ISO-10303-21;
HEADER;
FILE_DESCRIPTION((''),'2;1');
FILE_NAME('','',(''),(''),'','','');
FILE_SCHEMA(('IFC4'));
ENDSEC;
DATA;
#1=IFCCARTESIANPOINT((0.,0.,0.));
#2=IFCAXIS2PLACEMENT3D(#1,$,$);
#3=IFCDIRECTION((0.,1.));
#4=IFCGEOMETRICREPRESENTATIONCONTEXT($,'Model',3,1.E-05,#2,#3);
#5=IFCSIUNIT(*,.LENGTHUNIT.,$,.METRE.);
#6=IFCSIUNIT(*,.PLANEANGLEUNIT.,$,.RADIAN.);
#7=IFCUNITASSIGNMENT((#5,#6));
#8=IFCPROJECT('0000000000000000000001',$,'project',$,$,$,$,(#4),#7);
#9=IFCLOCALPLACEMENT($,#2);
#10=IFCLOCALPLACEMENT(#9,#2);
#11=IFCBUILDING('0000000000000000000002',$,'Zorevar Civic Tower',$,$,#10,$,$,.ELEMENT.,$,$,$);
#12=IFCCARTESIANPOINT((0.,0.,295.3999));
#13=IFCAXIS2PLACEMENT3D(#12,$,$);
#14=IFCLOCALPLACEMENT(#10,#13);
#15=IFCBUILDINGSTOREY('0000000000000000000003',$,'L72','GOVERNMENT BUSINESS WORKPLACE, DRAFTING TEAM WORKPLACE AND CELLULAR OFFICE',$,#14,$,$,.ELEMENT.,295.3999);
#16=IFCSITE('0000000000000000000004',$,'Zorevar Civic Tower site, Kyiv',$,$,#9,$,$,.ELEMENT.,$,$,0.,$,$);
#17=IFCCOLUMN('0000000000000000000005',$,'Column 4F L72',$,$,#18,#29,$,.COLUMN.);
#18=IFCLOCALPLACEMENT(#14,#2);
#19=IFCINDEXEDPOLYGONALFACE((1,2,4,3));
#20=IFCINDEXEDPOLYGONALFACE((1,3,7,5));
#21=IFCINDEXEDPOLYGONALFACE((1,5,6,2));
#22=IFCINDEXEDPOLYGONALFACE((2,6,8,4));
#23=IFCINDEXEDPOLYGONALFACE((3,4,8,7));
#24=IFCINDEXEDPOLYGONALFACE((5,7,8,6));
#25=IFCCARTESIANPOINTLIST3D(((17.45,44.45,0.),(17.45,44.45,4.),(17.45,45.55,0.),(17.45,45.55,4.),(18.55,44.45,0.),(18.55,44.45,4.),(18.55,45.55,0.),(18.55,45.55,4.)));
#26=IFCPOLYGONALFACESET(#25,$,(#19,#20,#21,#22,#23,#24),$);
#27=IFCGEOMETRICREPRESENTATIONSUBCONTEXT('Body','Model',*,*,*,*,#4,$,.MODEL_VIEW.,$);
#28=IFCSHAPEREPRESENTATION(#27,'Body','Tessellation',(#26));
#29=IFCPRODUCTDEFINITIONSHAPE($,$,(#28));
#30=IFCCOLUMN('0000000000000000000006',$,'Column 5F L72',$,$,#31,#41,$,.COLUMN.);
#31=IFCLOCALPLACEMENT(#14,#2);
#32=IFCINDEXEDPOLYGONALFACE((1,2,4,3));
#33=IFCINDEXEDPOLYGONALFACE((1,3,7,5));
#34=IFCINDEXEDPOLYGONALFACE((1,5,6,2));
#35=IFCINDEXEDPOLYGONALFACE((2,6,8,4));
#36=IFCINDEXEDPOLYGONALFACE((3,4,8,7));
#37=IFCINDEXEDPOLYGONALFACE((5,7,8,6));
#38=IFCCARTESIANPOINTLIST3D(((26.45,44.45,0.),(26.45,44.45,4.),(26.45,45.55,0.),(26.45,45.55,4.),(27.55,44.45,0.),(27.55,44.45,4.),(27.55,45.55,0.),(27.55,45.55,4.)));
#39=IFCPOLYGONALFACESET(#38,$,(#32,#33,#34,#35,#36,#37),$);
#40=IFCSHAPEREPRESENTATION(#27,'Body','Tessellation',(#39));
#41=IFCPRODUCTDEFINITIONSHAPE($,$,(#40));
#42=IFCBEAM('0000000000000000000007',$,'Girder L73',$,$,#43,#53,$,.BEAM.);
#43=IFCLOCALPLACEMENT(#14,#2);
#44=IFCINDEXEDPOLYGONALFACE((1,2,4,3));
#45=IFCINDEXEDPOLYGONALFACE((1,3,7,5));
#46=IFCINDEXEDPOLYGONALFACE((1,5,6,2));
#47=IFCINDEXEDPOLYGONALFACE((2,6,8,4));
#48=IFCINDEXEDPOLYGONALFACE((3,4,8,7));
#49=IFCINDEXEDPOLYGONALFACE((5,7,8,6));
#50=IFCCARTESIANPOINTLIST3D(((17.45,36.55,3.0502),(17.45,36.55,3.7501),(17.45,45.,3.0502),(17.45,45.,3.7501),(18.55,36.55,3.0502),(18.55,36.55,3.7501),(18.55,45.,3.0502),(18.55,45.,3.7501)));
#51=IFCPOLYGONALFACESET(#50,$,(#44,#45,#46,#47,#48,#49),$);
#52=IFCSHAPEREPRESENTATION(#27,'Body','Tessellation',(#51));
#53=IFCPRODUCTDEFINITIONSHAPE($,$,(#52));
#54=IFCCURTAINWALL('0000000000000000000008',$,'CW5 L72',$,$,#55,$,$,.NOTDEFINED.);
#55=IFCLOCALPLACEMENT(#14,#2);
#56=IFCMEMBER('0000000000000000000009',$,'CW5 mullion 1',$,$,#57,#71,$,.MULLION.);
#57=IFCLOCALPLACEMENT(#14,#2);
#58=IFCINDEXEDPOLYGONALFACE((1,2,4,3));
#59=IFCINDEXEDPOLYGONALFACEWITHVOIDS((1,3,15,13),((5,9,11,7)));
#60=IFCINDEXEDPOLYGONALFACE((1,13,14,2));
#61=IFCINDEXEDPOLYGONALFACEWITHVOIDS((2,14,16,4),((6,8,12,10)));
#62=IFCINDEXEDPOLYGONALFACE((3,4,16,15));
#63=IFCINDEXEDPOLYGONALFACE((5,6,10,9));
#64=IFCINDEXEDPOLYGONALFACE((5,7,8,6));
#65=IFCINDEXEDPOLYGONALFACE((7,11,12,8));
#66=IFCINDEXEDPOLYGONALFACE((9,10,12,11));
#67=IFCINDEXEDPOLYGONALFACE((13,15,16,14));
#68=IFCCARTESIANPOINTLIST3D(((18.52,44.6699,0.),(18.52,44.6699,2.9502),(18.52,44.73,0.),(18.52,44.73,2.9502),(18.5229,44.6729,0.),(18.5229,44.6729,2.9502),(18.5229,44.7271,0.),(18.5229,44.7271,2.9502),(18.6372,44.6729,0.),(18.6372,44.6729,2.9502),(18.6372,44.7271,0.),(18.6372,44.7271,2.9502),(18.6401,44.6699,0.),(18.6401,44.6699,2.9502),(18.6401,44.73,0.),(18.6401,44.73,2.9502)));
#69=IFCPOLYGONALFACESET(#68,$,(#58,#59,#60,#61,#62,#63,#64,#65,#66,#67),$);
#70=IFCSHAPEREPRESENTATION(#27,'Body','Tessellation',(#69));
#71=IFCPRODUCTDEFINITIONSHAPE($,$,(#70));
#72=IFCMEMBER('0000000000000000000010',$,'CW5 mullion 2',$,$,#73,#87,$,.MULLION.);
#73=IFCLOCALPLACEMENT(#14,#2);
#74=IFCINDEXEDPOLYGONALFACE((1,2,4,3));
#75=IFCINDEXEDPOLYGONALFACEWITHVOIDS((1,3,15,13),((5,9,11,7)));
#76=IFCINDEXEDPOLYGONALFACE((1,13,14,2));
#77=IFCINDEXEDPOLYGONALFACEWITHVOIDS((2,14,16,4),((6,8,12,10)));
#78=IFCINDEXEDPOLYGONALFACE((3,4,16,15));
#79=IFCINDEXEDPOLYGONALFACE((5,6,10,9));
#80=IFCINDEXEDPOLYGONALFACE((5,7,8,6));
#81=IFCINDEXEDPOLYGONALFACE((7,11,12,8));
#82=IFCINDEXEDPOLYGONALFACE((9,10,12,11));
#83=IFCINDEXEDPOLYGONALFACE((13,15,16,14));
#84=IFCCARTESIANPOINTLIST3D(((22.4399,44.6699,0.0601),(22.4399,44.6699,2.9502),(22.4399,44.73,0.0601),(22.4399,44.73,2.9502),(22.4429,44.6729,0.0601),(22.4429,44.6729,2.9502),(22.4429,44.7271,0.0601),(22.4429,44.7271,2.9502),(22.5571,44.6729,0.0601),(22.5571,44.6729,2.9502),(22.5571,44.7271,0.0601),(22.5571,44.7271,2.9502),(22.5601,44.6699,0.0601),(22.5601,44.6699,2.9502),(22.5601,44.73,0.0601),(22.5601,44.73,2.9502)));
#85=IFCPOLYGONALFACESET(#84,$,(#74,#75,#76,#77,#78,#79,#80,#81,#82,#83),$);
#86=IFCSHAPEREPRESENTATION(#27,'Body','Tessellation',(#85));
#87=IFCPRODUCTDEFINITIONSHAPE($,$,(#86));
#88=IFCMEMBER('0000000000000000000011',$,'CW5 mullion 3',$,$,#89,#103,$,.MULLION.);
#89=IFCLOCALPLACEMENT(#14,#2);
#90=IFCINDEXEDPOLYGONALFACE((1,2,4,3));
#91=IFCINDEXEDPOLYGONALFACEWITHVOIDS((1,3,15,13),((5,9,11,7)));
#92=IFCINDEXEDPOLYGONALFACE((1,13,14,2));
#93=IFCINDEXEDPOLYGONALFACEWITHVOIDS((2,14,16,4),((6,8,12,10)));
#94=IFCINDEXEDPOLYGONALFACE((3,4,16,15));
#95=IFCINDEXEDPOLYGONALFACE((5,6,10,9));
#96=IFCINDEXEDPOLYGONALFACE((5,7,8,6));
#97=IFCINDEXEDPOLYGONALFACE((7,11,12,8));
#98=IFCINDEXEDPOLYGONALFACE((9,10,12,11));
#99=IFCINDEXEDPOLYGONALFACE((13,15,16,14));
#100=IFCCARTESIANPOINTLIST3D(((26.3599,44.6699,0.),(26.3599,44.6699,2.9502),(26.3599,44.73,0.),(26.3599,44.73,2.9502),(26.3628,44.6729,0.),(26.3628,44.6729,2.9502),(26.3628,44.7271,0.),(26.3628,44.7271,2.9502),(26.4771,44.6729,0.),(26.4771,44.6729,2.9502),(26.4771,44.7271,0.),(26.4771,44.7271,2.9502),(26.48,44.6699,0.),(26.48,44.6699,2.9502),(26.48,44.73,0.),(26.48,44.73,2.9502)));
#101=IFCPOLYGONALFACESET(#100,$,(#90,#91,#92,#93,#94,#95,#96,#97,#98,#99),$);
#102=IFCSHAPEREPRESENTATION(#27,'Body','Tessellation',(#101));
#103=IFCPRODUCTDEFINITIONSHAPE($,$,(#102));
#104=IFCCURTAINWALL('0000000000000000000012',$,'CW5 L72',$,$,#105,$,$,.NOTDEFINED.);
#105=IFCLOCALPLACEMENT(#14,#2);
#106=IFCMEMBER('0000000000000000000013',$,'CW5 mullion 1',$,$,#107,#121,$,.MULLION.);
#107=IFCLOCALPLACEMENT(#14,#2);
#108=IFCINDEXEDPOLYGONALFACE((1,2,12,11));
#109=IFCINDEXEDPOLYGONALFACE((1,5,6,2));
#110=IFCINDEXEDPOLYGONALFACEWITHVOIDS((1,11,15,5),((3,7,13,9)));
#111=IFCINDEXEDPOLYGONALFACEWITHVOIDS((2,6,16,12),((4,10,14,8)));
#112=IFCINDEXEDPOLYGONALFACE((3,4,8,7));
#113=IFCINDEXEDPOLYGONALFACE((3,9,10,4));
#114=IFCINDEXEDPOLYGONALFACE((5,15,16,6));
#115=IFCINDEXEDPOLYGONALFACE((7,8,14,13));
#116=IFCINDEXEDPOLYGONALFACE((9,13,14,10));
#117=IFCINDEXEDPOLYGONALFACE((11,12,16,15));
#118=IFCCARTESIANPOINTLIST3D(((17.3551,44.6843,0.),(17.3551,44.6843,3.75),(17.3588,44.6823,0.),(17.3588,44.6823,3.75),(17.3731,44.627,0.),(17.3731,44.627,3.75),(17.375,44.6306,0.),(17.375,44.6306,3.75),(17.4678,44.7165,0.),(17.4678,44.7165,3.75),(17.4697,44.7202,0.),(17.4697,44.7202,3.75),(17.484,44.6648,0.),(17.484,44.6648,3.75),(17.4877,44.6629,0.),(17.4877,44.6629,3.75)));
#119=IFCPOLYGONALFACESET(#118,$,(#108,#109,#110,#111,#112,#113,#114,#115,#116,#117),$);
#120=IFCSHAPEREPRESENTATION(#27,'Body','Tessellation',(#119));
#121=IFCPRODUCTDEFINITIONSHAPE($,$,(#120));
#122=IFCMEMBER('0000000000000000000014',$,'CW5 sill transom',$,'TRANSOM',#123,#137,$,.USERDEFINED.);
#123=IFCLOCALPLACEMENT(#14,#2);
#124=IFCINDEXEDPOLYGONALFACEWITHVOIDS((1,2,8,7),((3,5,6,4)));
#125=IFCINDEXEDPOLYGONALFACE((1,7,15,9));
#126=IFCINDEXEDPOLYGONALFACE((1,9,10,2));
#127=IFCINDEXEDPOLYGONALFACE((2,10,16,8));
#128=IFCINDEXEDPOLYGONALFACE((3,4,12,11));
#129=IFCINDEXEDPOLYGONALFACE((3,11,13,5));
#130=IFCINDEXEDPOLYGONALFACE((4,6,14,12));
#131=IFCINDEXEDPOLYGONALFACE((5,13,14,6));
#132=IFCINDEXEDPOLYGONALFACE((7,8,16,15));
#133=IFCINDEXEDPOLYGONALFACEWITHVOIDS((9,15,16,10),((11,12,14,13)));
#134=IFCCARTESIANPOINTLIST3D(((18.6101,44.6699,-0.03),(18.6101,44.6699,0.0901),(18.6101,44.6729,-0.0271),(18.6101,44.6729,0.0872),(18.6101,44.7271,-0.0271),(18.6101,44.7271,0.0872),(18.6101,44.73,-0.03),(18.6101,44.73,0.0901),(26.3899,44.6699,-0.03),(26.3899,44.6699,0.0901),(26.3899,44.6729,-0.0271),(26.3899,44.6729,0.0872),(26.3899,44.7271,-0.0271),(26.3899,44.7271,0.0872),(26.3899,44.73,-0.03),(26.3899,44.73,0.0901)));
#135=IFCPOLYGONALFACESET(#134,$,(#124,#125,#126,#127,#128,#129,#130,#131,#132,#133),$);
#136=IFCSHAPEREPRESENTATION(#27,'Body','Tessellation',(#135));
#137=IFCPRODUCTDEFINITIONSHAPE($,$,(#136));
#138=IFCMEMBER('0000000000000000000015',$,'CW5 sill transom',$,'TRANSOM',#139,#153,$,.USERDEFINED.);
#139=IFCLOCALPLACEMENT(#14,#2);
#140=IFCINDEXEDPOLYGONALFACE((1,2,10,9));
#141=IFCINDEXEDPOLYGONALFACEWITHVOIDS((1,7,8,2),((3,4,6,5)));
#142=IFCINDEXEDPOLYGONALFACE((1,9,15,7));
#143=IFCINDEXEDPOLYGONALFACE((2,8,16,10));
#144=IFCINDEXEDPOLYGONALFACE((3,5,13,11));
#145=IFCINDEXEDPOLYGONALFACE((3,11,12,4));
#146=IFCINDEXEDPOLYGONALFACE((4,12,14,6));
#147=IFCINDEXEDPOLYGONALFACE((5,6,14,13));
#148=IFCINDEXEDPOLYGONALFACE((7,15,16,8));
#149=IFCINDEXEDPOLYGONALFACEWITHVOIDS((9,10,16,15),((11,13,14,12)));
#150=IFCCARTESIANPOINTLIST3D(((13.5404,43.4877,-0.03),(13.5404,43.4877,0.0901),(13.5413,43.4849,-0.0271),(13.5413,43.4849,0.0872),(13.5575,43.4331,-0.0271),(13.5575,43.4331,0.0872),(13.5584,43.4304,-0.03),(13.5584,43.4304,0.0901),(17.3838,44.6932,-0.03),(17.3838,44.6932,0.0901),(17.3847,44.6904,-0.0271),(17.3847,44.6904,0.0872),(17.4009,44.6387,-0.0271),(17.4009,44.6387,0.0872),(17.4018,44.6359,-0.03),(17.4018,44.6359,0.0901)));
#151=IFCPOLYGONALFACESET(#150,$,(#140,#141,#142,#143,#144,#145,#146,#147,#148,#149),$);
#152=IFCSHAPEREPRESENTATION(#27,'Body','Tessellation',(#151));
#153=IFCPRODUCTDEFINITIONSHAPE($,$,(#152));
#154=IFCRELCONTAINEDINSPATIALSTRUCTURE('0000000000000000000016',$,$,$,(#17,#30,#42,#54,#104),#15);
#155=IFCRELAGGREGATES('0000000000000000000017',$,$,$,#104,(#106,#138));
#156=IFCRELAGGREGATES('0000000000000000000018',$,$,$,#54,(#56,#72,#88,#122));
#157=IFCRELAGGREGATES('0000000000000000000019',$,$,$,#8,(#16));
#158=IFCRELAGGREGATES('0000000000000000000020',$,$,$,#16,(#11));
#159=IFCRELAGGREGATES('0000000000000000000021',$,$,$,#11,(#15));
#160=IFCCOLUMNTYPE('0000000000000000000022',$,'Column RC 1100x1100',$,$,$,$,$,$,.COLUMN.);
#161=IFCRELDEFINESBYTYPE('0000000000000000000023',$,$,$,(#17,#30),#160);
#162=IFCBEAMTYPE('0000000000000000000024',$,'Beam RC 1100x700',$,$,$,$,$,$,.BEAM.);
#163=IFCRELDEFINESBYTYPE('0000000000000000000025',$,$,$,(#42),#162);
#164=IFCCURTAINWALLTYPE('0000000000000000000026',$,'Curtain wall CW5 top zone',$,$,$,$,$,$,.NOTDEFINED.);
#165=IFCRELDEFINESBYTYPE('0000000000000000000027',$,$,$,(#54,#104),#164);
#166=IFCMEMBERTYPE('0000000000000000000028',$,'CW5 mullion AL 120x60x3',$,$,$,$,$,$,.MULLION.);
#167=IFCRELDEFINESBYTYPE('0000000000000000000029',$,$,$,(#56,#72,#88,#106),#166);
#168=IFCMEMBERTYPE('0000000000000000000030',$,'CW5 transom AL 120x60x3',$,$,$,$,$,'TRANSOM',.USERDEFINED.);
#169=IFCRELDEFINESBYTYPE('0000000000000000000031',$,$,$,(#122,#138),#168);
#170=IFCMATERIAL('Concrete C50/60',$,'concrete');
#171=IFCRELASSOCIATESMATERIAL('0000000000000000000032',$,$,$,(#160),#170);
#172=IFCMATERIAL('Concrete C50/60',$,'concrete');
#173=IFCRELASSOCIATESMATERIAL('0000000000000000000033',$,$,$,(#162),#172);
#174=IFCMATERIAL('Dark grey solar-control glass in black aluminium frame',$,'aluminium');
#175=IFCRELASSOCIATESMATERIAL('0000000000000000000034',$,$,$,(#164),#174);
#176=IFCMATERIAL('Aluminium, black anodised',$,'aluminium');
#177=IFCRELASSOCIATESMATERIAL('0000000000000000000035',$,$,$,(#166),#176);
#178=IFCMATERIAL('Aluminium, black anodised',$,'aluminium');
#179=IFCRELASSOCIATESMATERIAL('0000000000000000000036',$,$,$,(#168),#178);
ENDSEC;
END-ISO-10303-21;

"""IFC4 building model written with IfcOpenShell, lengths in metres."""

from ifc_helpers import new_model, si_unit, direction, frame, origin, origin_2d, place, context, subcontext, project, spatial, rectangle, hollow_rectangle, extrude, material, material_profile, profile_set, type_object, element, aggregate, save


model = new_model("IFC4")

# Units and contexts
model_context = context("Model", 3, precision=1e-05, world=origin(), true_north=direction((0.0, 1.0)))
body_context = subcontext(model_context, "Body", "Model", "MODEL_VIEW")
ifc_project = project(units=[si_unit("LENGTHUNIT", "METRE"), si_unit("PLANEANGLEUNIT", "RADIAN")], contexts=[model_context])

# Site, building, storey
site_placement = place(None, origin())
site = spatial("IfcSite", under=ifc_project, at=site_placement, Name="Zorevar Civic Tower site, Kyiv", CompositionType="ELEMENT", RefElevation=0.0)
building_placement = place(site_placement, origin())
building = spatial("IfcBuilding", under=site, at=building_placement, Name="Zorevar Civic Tower", CompositionType="ELEMENT")
storey_placement = place(building_placement, frame((0.0, 0.0, 295.3999)))
storey = spatial("IfcBuildingStorey", under=building, at=storey_placement, Name="L72", Description="GOVERNMENT BUSINESS WORKPLACE, DRAFTING TEAM WORKPLACE AND CELLULAR OFFICE", CompositionType="ELEMENT", Elevation=295.3999)

# Columns
ifc_material_1 = material(Name="Concrete C50/60", Category="concrete")
ifc_material_profile_1 = material_profile(ifc_material_1, rectangle(XDim=1.1001, YDim=1.1001, at=origin_2d()), Name="RC 1100x1100")
ifc_profile_set_1 = profile_set([ifc_material_profile_1], Name="Concrete C50/60")
column_type = type_object("IfcColumnType", Name="Column RC 1100x1100", PredefinedType="COLUMN", material=ifc_profile_set_1)
for number, where, z_axis, x_axis, name in (
    (1, (18.0, 45.0, 0.0), (0.0, 0.0, 1.0), (1.0, 0.0, 0.0), "Column 4F L72"),
    (2, (27.0, 45.0, 0.0), (0.0, 0.0, 1.0), (1.0, 0.0, 0.0), "Column 5F L72"),
):
    element("IfcColumn", number, at=place(storey_placement, frame(where, z_axis=z_axis, x_axis=x_axis)), inside=storey, type_object=column_type, Name=name, PredefinedType="COLUMN", context=body_context, shape_type="SweptSolid", body=[
        extrude(rectangle(XDim=1.1001, YDim=1.1001, at=origin_2d()), origin(), (0.0, 0.0, 1.0), 4.0),
    ])

# Beam
ifc_material_2 = material(Name="Concrete C50/60", Category="concrete")
ifc_material_profile_2 = material_profile(ifc_material_2, rectangle(XDim=1.1001, YDim=0.7, at=origin_2d()), Name="RC 1100x700")
ifc_profile_set_2 = profile_set([ifc_material_profile_2], Name="Concrete C50/60")
beam_type_1 = type_object("IfcBeamType", Name="Beam RC 1100x700", PredefinedType="BEAM", material=ifc_profile_set_2)
beam_1_placement = place(storey_placement, frame((18.0, 36.55, 3.4001), z_axis=(0.0, 1.0, 0.0), x_axis=(-1.0, 0.0, 0.0)))
element("IfcBeam", 3, at=beam_1_placement, inside=storey, type_object=beam_type_1, Name="Girder L73", PredefinedType="BEAM", context=body_context, shape_type="SweptSolid", body=[
    extrude(rectangle(XDim=1.1001, YDim=0.7, at=origin_2d()), origin(), (0.0, 0.0, 1.0), 8.45),
])

# Curtain wall, members
ifc_material_3 = material(Name="Dark grey solar-control glass in black aluminium frame", Category="aluminium")
curtain_wall_type = type_object("IfcCurtainWallType", Name="Curtain wall CW5 top zone", PredefinedType="NOTDEFINED", material=ifc_material_3)
curtain_wall_1_placement = place(storey_placement, origin())
curtain_wall_1 = element("IfcCurtainWall", 4, at=curtain_wall_1_placement, inside=storey, type_object=curtain_wall_type, Name="CW5 L72", PredefinedType="NOTDEFINED")
ifc_material_4 = material(Name="Aluminium, black anodised", Category="aluminium")
ifc_material_profile_3 = material_profile(ifc_material_4, hollow_rectangle(XDim=0.0601, YDim=0.1201, WallThickness=0.0029, at=origin_2d()), Name="AL 120x60x3")
ifc_profile_set_3 = profile_set([ifc_material_profile_3], Name="Aluminium, black anodised")
member_type_1 = type_object("IfcMemberType", Name="CW5 mullion AL 120x60x3", PredefinedType="MULLION", material=ifc_profile_set_3)
member_1_placement = place(storey_placement, frame((18.5801, 44.7, 0.0), z_axis=(0.0, 0.0, 1.0), x_axis=(0.0, 1.0, 0.0)))
member_1 = element("IfcMember", 5, at=member_1_placement, type_object=member_type_1, Name="CW5 mullion 1", PredefinedType="MULLION", context=body_context, shape_type="SweptSolid", body=[
    extrude(hollow_rectangle(XDim=0.0601, YDim=0.1201, WallThickness=0.0029, at=origin_2d()), origin(), (0.0, 0.0, 1.0), 2.9502),
])
member_2_placement = place(storey_placement, frame((22.5, 44.7, 0.0601), z_axis=(0.0, 0.0, 1.0), x_axis=(0.0, 1.0, 0.0)))
member_2 = element("IfcMember", 6, at=member_2_placement, type_object=member_type_1, Name="CW5 mullion 2", PredefinedType="MULLION", context=body_context, shape_type="SweptSolid", body=[
    extrude(hollow_rectangle(XDim=0.0601, YDim=0.1201, WallThickness=0.0029, at=origin_2d()), origin(), (0.0, 0.0, 1.0), 2.8901),
])
member_3_placement = place(storey_placement, frame((26.4199, 44.7, 0.0), z_axis=(0.0, 0.0, 1.0), x_axis=(0.0, 1.0, 0.0)))
member_3 = element("IfcMember", 7, at=member_3_placement, type_object=member_type_1, Name="CW5 mullion 3", PredefinedType="MULLION", context=body_context, shape_type="SweptSolid", body=[
    extrude(hollow_rectangle(XDim=0.0601, YDim=0.1201, WallThickness=0.0029, at=origin_2d()), origin(), (0.0, 0.0, 1.0), 2.9502),
])

# Curtain wall, member
curtain_wall_2_placement = place(storey_placement, origin())
curtain_wall_2 = element("IfcCurtainWall", 8, at=curtain_wall_2_placement, inside=storey, type_object=curtain_wall_type, Name="CW5 L72", PredefinedType="NOTDEFINED")
member_4_placement = place(storey_placement, frame((17.4214, 44.6736, 0.0), z_axis=(0.0, 0.0, 1.0), x_axis=(0.299318, -0.954153, 0.0)))
member_4 = element("IfcMember", 9, at=member_4_placement, type_object=member_type_1, Name="CW5 mullion 1", PredefinedType="MULLION", context=body_context, shape_type="SweptSolid", body=[
    extrude(hollow_rectangle(XDim=0.0601, YDim=0.1201, WallThickness=0.0029, at=origin_2d()), origin(), (0.0, 0.0, 1.0), 3.75),
])

# Members
ifc_material_5 = material(Name="Aluminium, black anodised", Category="aluminium")
ifc_material_profile_4 = material_profile(ifc_material_5, hollow_rectangle(XDim=0.0601, YDim=0.1201, WallThickness=0.0029, at=origin_2d()), Name="AL 120x60x3")
ifc_profile_set_4 = profile_set([ifc_material_profile_4], Name="Aluminium, black anodised")
member_type_2 = type_object("IfcMemberType", Name="CW5 transom AL 120x60x3", ElementType="TRANSOM", PredefinedType="USERDEFINED", material=ifc_profile_set_4)
member_5_placement = place(storey_placement, frame((18.6101, 44.7, 0.03), z_axis=(1.0, 0.0, 0.0), x_axis=(0.0, 1.0, 0.0)))
member_5 = element("IfcMember", 10, at=member_5_placement, type_object=member_type_2, Name="CW5 sill transom", ObjectType="TRANSOM", PredefinedType="USERDEFINED", context=body_context, shape_type="SweptSolid", body=[
    extrude(hollow_rectangle(XDim=0.0601, YDim=0.1201, WallThickness=0.0029, at=origin_2d()), origin(), (0.0, 0.0, 1.0), 7.7798),
])
member_6_placement = place(storey_placement, frame((17.3928, 44.6646, 0.03), z_axis=(-0.954163, -0.299286, 0.0), x_axis=(0.299286, -0.954163, 0.0)))
member_6 = element("IfcMember", 11, at=member_6_placement, type_object=member_type_2, Name="CW5 sill transom", ObjectType="TRANSOM", PredefinedType="USERDEFINED", context=body_context, shape_type="SweptSolid", body=[
    extrude(hollow_rectangle(XDim=0.0601, YDim=0.1201, WallThickness=0.0029, at=origin_2d()), origin(), (0.0, 0.0, 1.0), 4.0281),
])
aggregate(curtain_wall_2, [member_4, member_6])

aggregate(curtain_wall_1, [member_1, member_2, member_3, member_5])

save(model, "model.ifc")
